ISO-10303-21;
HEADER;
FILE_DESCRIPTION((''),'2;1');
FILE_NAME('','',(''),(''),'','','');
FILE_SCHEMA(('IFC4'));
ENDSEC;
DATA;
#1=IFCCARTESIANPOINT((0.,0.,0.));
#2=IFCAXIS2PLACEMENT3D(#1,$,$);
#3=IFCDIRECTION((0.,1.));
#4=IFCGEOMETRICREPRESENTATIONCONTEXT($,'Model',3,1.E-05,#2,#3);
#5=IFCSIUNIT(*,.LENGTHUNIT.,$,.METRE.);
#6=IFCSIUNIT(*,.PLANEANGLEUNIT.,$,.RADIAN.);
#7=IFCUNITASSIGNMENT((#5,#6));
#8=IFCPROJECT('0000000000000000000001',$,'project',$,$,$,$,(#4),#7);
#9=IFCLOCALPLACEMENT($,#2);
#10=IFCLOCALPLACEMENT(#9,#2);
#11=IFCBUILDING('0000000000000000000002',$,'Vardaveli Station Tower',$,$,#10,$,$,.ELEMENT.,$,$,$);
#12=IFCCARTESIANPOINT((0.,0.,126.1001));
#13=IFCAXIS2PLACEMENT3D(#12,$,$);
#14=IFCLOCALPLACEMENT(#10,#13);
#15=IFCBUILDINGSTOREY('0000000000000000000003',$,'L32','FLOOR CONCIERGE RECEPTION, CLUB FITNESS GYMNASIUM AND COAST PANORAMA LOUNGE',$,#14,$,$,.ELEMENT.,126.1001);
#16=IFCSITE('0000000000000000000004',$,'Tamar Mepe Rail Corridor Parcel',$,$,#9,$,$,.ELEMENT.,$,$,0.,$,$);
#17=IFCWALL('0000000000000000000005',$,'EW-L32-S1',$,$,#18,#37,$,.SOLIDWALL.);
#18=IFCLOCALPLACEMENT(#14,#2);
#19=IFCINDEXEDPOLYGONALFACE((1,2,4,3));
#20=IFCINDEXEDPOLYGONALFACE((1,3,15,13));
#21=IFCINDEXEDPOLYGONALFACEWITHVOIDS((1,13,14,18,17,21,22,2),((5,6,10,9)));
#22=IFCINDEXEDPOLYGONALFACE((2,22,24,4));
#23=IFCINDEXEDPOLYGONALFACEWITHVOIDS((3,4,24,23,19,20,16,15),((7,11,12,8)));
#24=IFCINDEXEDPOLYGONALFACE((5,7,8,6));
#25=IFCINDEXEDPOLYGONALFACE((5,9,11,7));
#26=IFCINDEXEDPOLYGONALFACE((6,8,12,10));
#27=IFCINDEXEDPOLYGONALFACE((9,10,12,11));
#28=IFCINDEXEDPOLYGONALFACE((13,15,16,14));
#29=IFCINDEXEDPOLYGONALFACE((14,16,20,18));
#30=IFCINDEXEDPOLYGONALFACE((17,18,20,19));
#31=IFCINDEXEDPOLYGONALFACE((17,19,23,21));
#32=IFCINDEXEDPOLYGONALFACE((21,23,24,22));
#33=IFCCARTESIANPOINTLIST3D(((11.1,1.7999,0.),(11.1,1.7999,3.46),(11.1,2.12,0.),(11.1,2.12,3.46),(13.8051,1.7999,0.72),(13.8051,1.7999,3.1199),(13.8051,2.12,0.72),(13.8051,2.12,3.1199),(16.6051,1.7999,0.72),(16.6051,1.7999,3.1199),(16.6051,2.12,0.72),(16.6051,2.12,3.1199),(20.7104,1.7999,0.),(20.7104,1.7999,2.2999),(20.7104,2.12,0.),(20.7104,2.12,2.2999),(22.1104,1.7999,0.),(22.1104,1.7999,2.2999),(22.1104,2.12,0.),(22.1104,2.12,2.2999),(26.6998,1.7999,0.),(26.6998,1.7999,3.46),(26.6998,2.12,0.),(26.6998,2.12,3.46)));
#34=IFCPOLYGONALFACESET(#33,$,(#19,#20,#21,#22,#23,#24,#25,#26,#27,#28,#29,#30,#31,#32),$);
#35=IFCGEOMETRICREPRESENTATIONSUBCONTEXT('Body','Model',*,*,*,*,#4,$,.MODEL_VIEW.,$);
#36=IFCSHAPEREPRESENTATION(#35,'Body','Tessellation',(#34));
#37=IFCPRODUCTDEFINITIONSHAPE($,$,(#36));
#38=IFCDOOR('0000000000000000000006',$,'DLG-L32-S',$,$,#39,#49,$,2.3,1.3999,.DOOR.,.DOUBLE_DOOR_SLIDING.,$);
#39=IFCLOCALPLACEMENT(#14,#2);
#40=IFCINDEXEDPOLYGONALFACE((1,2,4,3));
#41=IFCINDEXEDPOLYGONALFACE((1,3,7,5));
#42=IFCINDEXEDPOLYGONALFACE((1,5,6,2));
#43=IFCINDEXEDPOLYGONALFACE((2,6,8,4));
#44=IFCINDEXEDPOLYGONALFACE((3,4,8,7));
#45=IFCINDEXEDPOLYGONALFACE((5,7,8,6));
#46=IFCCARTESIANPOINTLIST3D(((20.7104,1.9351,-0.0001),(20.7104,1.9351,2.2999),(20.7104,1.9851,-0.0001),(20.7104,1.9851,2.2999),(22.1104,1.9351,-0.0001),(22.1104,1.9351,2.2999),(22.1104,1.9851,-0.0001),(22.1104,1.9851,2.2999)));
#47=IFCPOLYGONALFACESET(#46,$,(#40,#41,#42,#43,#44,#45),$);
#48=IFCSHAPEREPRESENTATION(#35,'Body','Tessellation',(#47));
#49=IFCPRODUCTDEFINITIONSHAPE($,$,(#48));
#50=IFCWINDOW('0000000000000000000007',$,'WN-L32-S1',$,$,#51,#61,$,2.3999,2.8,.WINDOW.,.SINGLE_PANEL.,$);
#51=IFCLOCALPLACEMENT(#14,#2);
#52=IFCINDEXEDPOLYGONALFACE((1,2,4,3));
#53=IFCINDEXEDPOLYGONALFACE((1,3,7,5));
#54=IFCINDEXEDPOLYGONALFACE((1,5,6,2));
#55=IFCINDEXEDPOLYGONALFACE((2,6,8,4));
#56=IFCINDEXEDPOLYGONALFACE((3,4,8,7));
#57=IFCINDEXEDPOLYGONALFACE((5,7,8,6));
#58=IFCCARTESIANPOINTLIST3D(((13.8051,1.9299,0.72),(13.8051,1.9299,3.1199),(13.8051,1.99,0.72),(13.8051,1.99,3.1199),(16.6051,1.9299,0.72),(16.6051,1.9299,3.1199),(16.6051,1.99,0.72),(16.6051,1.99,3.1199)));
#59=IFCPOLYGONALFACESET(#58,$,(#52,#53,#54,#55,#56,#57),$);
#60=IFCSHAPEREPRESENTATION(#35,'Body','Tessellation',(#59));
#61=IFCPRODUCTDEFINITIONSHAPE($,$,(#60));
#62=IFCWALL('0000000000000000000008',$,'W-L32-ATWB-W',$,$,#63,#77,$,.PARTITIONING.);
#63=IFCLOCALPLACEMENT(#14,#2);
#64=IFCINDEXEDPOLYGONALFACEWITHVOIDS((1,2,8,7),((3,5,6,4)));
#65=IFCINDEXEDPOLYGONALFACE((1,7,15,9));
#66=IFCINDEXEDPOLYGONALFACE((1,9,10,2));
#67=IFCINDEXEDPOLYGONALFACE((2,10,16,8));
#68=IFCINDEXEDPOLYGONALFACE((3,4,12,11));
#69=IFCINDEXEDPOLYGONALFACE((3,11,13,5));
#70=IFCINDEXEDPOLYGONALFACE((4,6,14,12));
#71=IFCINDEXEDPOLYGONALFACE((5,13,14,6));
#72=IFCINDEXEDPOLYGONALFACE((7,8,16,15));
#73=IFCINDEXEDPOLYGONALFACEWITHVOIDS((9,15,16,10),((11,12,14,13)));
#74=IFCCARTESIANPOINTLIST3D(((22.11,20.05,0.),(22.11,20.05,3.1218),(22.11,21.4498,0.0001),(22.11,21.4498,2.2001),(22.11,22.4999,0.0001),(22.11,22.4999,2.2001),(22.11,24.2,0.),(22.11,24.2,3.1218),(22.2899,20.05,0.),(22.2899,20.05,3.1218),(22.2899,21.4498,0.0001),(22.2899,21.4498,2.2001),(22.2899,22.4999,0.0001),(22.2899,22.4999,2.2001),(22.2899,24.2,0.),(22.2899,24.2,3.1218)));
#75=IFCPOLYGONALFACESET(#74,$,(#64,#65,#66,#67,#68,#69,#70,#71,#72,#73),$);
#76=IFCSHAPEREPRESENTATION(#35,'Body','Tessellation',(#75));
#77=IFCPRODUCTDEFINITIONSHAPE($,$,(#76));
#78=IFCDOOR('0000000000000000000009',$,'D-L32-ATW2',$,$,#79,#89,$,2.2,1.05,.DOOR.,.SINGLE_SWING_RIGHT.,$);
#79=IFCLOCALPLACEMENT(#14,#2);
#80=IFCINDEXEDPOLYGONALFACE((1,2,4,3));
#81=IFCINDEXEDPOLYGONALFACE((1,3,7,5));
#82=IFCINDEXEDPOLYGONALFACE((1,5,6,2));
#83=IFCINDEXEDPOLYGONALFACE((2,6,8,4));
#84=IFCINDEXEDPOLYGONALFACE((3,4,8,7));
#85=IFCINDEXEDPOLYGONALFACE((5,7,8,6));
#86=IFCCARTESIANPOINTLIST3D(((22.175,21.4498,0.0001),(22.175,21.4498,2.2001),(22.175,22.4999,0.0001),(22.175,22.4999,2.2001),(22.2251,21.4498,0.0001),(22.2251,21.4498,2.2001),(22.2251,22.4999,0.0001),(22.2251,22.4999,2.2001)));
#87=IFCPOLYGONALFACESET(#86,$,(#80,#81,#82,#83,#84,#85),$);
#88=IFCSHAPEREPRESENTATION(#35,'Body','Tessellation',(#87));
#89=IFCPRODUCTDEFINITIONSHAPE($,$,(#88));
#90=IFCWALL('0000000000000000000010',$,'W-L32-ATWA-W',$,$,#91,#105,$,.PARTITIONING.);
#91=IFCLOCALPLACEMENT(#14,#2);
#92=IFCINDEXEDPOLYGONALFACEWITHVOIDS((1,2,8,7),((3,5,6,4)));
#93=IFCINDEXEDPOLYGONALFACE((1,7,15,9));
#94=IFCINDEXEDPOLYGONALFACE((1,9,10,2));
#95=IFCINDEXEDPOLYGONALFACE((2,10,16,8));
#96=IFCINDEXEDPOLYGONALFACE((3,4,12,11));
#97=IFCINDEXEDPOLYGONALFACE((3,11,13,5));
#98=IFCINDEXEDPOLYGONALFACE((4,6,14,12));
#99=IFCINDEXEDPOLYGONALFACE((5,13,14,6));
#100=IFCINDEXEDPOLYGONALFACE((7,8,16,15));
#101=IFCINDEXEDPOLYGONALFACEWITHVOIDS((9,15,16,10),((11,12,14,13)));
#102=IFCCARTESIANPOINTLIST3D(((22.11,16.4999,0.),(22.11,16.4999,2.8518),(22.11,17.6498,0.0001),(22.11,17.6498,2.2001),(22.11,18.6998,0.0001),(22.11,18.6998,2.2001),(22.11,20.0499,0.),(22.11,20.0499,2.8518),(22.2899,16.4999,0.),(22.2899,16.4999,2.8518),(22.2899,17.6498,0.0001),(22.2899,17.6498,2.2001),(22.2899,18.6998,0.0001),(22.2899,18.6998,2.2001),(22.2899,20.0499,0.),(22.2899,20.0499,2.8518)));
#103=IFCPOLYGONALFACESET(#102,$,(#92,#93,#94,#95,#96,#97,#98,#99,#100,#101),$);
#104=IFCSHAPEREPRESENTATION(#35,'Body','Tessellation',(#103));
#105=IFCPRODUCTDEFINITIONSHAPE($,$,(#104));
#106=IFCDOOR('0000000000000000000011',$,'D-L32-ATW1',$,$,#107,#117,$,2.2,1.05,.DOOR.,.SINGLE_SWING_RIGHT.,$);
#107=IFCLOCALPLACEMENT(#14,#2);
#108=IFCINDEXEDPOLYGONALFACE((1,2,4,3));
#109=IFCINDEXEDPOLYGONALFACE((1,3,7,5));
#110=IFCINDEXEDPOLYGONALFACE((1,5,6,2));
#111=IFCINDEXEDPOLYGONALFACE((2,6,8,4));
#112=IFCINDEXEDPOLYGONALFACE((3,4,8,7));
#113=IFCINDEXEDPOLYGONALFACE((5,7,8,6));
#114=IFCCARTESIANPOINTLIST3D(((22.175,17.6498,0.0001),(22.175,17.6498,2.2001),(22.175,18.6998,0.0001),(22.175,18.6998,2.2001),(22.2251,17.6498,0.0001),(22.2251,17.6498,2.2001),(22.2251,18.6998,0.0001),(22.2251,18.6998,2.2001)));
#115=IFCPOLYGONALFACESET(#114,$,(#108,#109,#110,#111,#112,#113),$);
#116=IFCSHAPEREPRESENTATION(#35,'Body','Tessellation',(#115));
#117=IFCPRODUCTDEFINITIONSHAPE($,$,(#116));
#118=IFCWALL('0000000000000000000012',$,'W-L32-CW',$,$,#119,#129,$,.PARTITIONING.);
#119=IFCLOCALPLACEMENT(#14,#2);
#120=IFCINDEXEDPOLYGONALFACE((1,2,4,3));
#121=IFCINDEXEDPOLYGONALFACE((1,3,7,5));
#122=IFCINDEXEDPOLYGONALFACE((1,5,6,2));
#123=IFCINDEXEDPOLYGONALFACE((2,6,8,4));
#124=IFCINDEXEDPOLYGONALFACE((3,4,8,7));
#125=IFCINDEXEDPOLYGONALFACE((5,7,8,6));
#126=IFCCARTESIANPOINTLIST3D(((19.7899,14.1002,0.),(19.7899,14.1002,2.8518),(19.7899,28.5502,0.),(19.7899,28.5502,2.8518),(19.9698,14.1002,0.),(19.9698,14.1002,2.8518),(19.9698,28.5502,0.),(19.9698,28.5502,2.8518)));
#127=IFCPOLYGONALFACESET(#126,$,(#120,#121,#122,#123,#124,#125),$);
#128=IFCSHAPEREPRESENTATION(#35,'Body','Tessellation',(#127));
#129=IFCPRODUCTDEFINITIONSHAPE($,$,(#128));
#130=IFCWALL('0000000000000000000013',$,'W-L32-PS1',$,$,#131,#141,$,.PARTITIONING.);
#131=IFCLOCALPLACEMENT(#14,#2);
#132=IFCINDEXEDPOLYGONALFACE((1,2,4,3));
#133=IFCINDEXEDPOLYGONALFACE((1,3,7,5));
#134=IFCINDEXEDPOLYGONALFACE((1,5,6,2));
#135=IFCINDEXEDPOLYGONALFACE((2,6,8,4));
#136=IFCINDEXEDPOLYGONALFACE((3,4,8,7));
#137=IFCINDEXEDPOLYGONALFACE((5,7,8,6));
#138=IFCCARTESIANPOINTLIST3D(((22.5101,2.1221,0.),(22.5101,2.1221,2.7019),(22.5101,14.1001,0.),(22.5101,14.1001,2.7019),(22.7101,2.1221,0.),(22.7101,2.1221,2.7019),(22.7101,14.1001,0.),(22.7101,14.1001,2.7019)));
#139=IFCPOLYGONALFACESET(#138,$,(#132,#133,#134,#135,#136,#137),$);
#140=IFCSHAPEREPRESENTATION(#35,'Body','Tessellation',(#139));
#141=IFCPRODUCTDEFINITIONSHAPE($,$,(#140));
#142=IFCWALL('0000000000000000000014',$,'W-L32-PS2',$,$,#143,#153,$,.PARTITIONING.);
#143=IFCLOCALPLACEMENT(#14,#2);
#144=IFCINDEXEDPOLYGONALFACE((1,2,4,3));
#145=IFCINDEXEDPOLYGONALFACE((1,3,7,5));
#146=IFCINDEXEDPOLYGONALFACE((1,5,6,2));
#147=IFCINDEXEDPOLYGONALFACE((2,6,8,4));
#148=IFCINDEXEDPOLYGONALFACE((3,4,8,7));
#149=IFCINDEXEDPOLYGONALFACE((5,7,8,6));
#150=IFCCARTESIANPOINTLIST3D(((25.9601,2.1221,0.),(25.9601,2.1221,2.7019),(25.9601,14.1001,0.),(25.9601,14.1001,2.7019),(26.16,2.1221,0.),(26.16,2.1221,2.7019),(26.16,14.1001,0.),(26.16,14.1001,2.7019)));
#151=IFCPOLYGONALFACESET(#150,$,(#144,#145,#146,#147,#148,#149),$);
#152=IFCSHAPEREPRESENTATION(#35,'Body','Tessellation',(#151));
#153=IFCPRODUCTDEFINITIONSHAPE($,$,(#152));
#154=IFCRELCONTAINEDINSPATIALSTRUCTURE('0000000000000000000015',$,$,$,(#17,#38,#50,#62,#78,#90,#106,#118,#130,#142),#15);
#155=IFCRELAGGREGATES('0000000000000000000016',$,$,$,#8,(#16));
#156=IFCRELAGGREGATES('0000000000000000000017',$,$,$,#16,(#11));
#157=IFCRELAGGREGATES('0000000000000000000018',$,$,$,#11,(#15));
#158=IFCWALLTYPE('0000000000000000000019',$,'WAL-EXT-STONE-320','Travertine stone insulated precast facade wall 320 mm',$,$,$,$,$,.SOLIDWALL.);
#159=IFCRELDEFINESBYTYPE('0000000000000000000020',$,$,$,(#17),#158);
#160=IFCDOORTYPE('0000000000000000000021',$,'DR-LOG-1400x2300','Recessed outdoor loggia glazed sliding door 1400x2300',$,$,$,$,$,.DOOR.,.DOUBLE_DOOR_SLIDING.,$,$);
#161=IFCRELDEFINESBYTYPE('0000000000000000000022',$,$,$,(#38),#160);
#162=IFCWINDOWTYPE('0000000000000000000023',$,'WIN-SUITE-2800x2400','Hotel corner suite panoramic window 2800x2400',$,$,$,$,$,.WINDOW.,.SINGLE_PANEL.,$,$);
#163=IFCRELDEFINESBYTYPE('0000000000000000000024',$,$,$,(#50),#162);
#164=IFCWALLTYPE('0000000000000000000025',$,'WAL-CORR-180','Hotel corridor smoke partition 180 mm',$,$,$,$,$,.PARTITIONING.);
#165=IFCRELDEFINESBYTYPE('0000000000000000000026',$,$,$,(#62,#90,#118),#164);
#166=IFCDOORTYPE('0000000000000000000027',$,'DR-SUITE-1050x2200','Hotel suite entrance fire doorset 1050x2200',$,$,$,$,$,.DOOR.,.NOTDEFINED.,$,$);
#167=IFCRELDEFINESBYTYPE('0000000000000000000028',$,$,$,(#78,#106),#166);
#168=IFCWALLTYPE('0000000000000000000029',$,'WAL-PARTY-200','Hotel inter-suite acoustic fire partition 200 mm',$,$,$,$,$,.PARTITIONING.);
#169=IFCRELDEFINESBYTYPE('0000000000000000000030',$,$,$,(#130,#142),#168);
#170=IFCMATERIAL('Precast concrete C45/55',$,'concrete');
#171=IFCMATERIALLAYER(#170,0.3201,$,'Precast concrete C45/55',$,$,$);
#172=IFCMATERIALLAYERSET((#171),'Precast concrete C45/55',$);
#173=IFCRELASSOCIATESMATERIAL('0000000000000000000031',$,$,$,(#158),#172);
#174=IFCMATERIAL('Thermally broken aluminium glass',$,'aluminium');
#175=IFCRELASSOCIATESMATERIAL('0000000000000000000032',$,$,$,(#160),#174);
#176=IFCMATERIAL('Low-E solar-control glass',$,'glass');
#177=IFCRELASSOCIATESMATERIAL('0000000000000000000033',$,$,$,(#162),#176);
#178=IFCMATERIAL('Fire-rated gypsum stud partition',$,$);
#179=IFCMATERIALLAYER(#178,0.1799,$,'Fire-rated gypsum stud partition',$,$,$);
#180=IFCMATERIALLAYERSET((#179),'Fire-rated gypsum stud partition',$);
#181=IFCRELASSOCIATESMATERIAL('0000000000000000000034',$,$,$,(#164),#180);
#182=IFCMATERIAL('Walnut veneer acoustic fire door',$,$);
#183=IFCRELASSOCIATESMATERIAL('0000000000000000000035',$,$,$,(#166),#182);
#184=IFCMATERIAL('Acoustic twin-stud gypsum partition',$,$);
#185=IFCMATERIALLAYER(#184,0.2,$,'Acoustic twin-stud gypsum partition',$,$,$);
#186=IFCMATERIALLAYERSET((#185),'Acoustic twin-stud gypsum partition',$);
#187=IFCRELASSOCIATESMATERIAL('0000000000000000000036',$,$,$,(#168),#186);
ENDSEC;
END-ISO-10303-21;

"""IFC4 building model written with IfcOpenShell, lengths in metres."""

from ifc_helpers import new_model, si_unit, direction, frame, frame_2d, origin, place, context, subcontext, project, spatial, rectangle, extrude, source, transform, mapped, material, layer, layer_set, type_object, element, fill, save


model = new_model("IFC4")

# Units and contexts
model_context = context("Model", 3, precision=1e-05, world=origin(), true_north=direction((0.0, 1.0)))
body_context = subcontext(model_context, "Body", "Model", "MODEL_VIEW")
ifc_project = project(units=[si_unit("LENGTHUNIT", "METRE"), si_unit("PLANEANGLEUNIT", "RADIAN")], contexts=[model_context])

# Site, building, storey
site_placement = place(None, origin())
site = spatial("IfcSite", under=ifc_project, at=site_placement, Name="Tamar Mepe Rail Corridor Parcel", CompositionType="ELEMENT", RefElevation=0.0)
building_placement = place(site_placement, origin())
building = spatial("IfcBuilding", under=site, at=building_placement, Name="Vardaveli Station Tower", CompositionType="ELEMENT")
storey_placement = place(building_placement, frame((0.0, 0.0, 126.1001)))
storey = spatial("IfcBuildingStorey", under=building, at=storey_placement, Name="L32", Description="FLOOR CONCIERGE RECEPTION, CLUB FITNESS GYMNASIUM AND COAST PANORAMA LOUNGE", CompositionType="ELEMENT", Elevation=126.1001)

# Shared definitions
ifc_material_1 = material(Name="Precast concrete C45/55", Category="concrete")

# Wall, openings, door, window
ifc_layer_1 = layer(ifc_material_1, 0.3201, Name="Precast concrete C45/55")
ifc_layer_set_1 = layer_set([ifc_layer_1], Name="Precast concrete C45/55")
wall_type_1 = type_object("IfcWallType", Name="WAL-EXT-STONE-320", Description="Travertine stone insulated precast facade wall 320 mm", PredefinedType="SOLIDWALL", material=ifc_layer_set_1)
shared_shape_1 = source(origin(), body_context, "Body", "SweptSolid", [
    extrude(rectangle(XDim=15.5999, YDim=0.3201, at=frame_2d((7.7998, 0.0))), origin(), (0.0, 0.0, 1.0), 3.46),
])
wall_1_placement = place(storey_placement, frame((11.1001, 1.96, 0.0), z_axis=(0.0, 0.0, 1.0), x_axis=(1.0, 0.0, 0.0)))
wall_1 = element("IfcWall", 1, at=wall_1_placement, inside=storey, type_object=wall_type_1, Name="EW-L32-S1", PredefinedType="SOLIDWALL", context=body_context, shape_type="MappedRepresentation", body=[
    mapped(shared_shape_1, transform((0.0, 0.0, 0.0), scale=1.0)),
])
shared_shape_2 = source(origin(), body_context, "Body", "SweptSolid", [
    extrude(rectangle(XDim=1.3999, YDim=2.3, at=frame_2d((0.7, 1.1499))), frame((0.0, 0.1699, 0.0), z_axis=(0.0, -1.0, 0.0), x_axis=(1.0, 0.0, 0.0)), (0.0, 0.0, 1.0), 0.3401),
])
opening_1_placement = place(wall_1_placement, frame((9.6104, 0.0, 0.0)))
opening_1 = element("IfcOpeningElement", 2, at=opening_1_placement, cuts=wall_1, PredefinedType="OPENING", context=body_context, shape_type="MappedRepresentation", body=[
    mapped(shared_shape_2, transform((0.0, 0.0, 0.0), scale=1.0)),
])
shared_shape_3 = source(origin(), body_context, "Body", "SweptSolid", [
    extrude(rectangle(XDim=2.8, YDim=2.3999, at=frame_2d((1.3999, 1.2))), frame((0.0, 0.1699, 0.0), z_axis=(0.0, -1.0, 0.0), x_axis=(1.0, 0.0, 0.0)), (0.0, 0.0, 1.0), 0.3401),
])
opening_2_placement = place(wall_1_placement, frame((2.7051, 0.0, 0.72)))
opening_2 = element("IfcOpeningElement", 3, at=opening_2_placement, cuts=wall_1, PredefinedType="OPENING", context=body_context, shape_type="MappedRepresentation", body=[
    mapped(shared_shape_3, transform((0.0, 0.0, 0.0), scale=1.0)),
])
ifc_material_2 = material(Name="Thermally broken aluminium glass", Category="aluminium")
door_type_1 = type_object("IfcDoorType", Name="DR-LOG-1400x2300", Description="Recessed outdoor loggia glazed sliding door 1400x2300", OperationType="DOUBLE_DOOR_SLIDING", PredefinedType="DOOR", material=ifc_material_2)
shared_shape_4 = source(origin(), body_context, "Body", "SweptSolid", [
    extrude(rectangle(XDim=1.3999, YDim=2.3, at=frame_2d((0.7, 1.1499))), frame((0.0, 0.0249, 0.0), z_axis=(0.0, -1.0, 0.0), x_axis=(1.0, 0.0, 0.0)), (0.0, 0.0, 1.0), 0.05),
])
door_1_placement = place(opening_1_placement, frame((1.3999, 0.0, 0.0), z_axis=(0.0, 0.0, 1.0), x_axis=(-1.0, 0.0, 0.0)))
door_1 = element("IfcDoor", 4, at=door_1_placement, inside=storey, type_object=door_type_1, Name="DLG-L32-S", OperationType="DOUBLE_DOOR_SLIDING", OverallHeight=2.3, OverallWidth=1.3999, PredefinedType="DOOR", context=body_context, shape_type="MappedRepresentation", body=[
    mapped(shared_shape_4, transform((0.0, 0.0, 0.0), scale=1.0)),
])
fill(opening_1, door_1)
ifc_material_3 = material(Name="Low-E solar-control glass", Category="glass")
window_type = type_object("IfcWindowType", Name="WIN-SUITE-2800x2400", Description="Hotel corner suite panoramic window 2800x2400", PartitioningType="SINGLE_PANEL", PredefinedType="WINDOW", material=ifc_material_3)
shared_shape_5 = source(origin(), body_context, "Body", "SweptSolid", [
    extrude(rectangle(XDim=2.8, YDim=2.3999, at=frame_2d((1.3999, 1.2))), frame((0.0, 0.03, 0.0), z_axis=(0.0, -1.0, 0.0), x_axis=(1.0, 0.0, 0.0)), (0.0, 0.0, 1.0), 0.0601),
])
window_placement = place(opening_2_placement, origin())
window = element("IfcWindow", 5, at=window_placement, inside=storey, type_object=window_type, Name="WN-L32-S1", OverallHeight=2.3999, OverallWidth=2.8, PartitioningType="SINGLE_PANEL", PredefinedType="WINDOW", context=body_context, shape_type="MappedRepresentation", body=[
    mapped(shared_shape_5, transform((0.0, 0.0, 0.0), scale=1.0)),
])
fill(opening_2, window)

# Walls, openings, doors
ifc_material_4 = material(Name="Fire-rated gypsum stud partition")
ifc_layer_2 = layer(ifc_material_4, 0.1799, Name="Fire-rated gypsum stud partition")
ifc_layer_set_2 = layer_set([ifc_layer_2], Name="Fire-rated gypsum stud partition")
wall_type_2 = type_object("IfcWallType", Name="WAL-CORR-180", Description="Hotel corridor smoke partition 180 mm", PredefinedType="PARTITIONING", material=ifc_layer_set_2)
shared_shape_6 = source(origin(), body_context, "Body", "SweptSolid", [
    extrude(rectangle(XDim=4.1499, YDim=0.1799, at=frame_2d((2.075, 0.0))), origin(), (0.0, 0.0, 1.0), 3.1218),
])
wall_2_placement = place(storey_placement, frame((22.2, 20.05, 0.0), z_axis=(0.0, 0.0, 1.0), x_axis=(0.0, 1.0, 0.0)))
wall_2 = element("IfcWall", 6, at=wall_2_placement, inside=storey, type_object=wall_type_2, Name="W-L32-ATWB-W", PredefinedType="PARTITIONING", context=body_context, shape_type="MappedRepresentation", body=[
    mapped(shared_shape_6, transform((0.0, 0.0, 0.0), scale=1.0)),
])
shared_shape_7 = source(origin(), body_context, "Body", "SweptSolid", [
    extrude(rectangle(XDim=1.05, YDim=2.2, at=frame_2d((0.5249, 1.1001))), frame((0.0, 0.1001, 0.0), z_axis=(0.0, -1.0, 0.0), x_axis=(1.0, 0.0, 0.0)), (0.0, 0.0, 1.0), 0.2),
])
opening_3_placement = place(wall_2_placement, frame((1.3999, 0.0, 0.0)))
opening_3 = element("IfcOpeningElement", 7, at=opening_3_placement, cuts=wall_2, PredefinedType="OPENING", context=body_context, shape_type="MappedRepresentation", body=[
    mapped(shared_shape_7, transform((0.0, 0.0, 0.0), scale=1.0)),
])
ifc_material_5 = material(Name="Walnut veneer acoustic fire door")
door_type_2 = type_object("IfcDoorType", Name="DR-SUITE-1050x2200", Description="Hotel suite entrance fire doorset 1050x2200", OperationType="NOTDEFINED", PredefinedType="DOOR", material=ifc_material_5)
shared_shape_8 = source(origin(), body_context, "Body", "SweptSolid", [
    extrude(rectangle(XDim=1.05, YDim=2.2, at=frame_2d((0.5249, 1.1001))), frame((0.0, 0.0249, 0.0), z_axis=(0.0, -1.0, 0.0), x_axis=(1.0, 0.0, 0.0)), (0.0, 0.0, 1.0), 0.05),
])
door_2_placement = place(opening_3_placement, origin())
door_2 = element("IfcDoor", 8, at=door_2_placement, inside=storey, type_object=door_type_2, Name="D-L32-ATW2", OperationType="SINGLE_SWING_RIGHT", OverallHeight=2.2, OverallWidth=1.05, PredefinedType="DOOR", context=body_context, shape_type="MappedRepresentation", body=[
    mapped(shared_shape_8, transform((0.0, 0.0, 0.0), scale=1.0)),
])
fill(opening_3, door_2)
shared_shape_9 = source(origin(), body_context, "Body", "SweptSolid", [
    extrude(rectangle(XDim=3.55, YDim=0.1799, at=frame_2d((1.7749, 0.0))), origin(), (0.0, 0.0, 1.0), 2.8518),
])
wall_3_placement = place(storey_placement, frame((22.2, 16.5, 0.0), z_axis=(0.0, 0.0, 1.0), x_axis=(0.0, 1.0, 0.0)))
wall_3 = element("IfcWall", 9, at=wall_3_placement, inside=storey, type_object=wall_type_2, Name="W-L32-ATWA-W", PredefinedType="PARTITIONING", context=body_context, shape_type="MappedRepresentation", body=[
    mapped(shared_shape_9, transform((0.0, 0.0, 0.0), scale=1.0)),
])
opening_4_placement = place(wall_3_placement, frame((1.1499, 0.0, 0.0)))
opening_4 = element("IfcOpeningElement", 10, at=opening_4_placement, cuts=wall_3, PredefinedType="OPENING", context=body_context, shape_type="MappedRepresentation", body=[
    mapped(shared_shape_7, transform((0.0, 0.0, 0.0), scale=1.0)),
])
door_3_placement = place(opening_4_placement, origin())
door_3 = element("IfcDoor", 11, at=door_3_placement, inside=storey, type_object=door_type_2, Name="D-L32-ATW1", OperationType="SINGLE_SWING_RIGHT", OverallHeight=2.2, OverallWidth=1.05, PredefinedType="DOOR", context=body_context, shape_type="MappedRepresentation", body=[
    mapped(shared_shape_8, transform((0.0, 0.0, 0.0), scale=1.0)),
])
fill(opening_4, door_3)

# Walls
shared_shape_10 = source(origin(), body_context, "Body", "SweptSolid", [
    extrude(rectangle(XDim=14.45, YDim=0.1799, at=frame_2d((7.2251, 0.0))), origin(), (0.0, 0.0, 1.0), 2.8518),
])
wall_4_placement = place(storey_placement, frame((19.8799, 14.1001, 0.0), z_axis=(0.0, 0.0, 1.0), x_axis=(0.0, 1.0, 0.0)))
element("IfcWall", 12, at=wall_4_placement, inside=storey, type_object=wall_type_2, Name="W-L32-CW", PredefinedType="PARTITIONING", context=body_context, shape_type="MappedRepresentation", body=[
    mapped(shared_shape_10, transform((0.0, 0.0, 0.0), scale=1.0)),
])
ifc_material_6 = material(Name="Acoustic twin-stud gypsum partition")
ifc_layer_3 = layer(ifc_material_6, 0.2, Name="Acoustic twin-stud gypsum partition")
ifc_layer_set_3 = layer_set([ifc_layer_3], Name="Acoustic twin-stud gypsum partition")
wall_type_3 = type_object("IfcWallType", Name="WAL-PARTY-200", Description="Hotel inter-suite acoustic fire partition 200 mm", PredefinedType="PARTITIONING", material=ifc_layer_set_3)
shared_shape_11 = source(origin(), body_context, "Body", "SweptSolid", [
    extrude(rectangle(XDim=11.978, YDim=0.2, at=frame_2d((5.989, 0.0))), origin(), (0.0, 0.0, 1.0), 2.7019),
])
for number, where, z_axis, x_axis, name in (
    (13, (22.6101, 2.1221, 0.0), (0.0, 0.0, 1.0), (0.0, 1.0, 0.0), "W-L32-PS1"),
    (14, (26.0601, 2.1221, 0.0), (0.0, 0.0, 1.0), (0.0, 1.0, 0.0), "W-L32-PS2"),
):
    element("IfcWall", number, at=place(storey_placement, frame(where, z_axis=z_axis, x_axis=x_axis)), inside=storey, type_object=wall_type_3, Name=name, PredefinedType="PARTITIONING", context=body_context, shape_type="MappedRepresentation", body=[
        mapped(shared_shape_11, transform((0.0, 0.0, 0.0), scale=1.0)),
    ])

save(model, "model.ifc")
